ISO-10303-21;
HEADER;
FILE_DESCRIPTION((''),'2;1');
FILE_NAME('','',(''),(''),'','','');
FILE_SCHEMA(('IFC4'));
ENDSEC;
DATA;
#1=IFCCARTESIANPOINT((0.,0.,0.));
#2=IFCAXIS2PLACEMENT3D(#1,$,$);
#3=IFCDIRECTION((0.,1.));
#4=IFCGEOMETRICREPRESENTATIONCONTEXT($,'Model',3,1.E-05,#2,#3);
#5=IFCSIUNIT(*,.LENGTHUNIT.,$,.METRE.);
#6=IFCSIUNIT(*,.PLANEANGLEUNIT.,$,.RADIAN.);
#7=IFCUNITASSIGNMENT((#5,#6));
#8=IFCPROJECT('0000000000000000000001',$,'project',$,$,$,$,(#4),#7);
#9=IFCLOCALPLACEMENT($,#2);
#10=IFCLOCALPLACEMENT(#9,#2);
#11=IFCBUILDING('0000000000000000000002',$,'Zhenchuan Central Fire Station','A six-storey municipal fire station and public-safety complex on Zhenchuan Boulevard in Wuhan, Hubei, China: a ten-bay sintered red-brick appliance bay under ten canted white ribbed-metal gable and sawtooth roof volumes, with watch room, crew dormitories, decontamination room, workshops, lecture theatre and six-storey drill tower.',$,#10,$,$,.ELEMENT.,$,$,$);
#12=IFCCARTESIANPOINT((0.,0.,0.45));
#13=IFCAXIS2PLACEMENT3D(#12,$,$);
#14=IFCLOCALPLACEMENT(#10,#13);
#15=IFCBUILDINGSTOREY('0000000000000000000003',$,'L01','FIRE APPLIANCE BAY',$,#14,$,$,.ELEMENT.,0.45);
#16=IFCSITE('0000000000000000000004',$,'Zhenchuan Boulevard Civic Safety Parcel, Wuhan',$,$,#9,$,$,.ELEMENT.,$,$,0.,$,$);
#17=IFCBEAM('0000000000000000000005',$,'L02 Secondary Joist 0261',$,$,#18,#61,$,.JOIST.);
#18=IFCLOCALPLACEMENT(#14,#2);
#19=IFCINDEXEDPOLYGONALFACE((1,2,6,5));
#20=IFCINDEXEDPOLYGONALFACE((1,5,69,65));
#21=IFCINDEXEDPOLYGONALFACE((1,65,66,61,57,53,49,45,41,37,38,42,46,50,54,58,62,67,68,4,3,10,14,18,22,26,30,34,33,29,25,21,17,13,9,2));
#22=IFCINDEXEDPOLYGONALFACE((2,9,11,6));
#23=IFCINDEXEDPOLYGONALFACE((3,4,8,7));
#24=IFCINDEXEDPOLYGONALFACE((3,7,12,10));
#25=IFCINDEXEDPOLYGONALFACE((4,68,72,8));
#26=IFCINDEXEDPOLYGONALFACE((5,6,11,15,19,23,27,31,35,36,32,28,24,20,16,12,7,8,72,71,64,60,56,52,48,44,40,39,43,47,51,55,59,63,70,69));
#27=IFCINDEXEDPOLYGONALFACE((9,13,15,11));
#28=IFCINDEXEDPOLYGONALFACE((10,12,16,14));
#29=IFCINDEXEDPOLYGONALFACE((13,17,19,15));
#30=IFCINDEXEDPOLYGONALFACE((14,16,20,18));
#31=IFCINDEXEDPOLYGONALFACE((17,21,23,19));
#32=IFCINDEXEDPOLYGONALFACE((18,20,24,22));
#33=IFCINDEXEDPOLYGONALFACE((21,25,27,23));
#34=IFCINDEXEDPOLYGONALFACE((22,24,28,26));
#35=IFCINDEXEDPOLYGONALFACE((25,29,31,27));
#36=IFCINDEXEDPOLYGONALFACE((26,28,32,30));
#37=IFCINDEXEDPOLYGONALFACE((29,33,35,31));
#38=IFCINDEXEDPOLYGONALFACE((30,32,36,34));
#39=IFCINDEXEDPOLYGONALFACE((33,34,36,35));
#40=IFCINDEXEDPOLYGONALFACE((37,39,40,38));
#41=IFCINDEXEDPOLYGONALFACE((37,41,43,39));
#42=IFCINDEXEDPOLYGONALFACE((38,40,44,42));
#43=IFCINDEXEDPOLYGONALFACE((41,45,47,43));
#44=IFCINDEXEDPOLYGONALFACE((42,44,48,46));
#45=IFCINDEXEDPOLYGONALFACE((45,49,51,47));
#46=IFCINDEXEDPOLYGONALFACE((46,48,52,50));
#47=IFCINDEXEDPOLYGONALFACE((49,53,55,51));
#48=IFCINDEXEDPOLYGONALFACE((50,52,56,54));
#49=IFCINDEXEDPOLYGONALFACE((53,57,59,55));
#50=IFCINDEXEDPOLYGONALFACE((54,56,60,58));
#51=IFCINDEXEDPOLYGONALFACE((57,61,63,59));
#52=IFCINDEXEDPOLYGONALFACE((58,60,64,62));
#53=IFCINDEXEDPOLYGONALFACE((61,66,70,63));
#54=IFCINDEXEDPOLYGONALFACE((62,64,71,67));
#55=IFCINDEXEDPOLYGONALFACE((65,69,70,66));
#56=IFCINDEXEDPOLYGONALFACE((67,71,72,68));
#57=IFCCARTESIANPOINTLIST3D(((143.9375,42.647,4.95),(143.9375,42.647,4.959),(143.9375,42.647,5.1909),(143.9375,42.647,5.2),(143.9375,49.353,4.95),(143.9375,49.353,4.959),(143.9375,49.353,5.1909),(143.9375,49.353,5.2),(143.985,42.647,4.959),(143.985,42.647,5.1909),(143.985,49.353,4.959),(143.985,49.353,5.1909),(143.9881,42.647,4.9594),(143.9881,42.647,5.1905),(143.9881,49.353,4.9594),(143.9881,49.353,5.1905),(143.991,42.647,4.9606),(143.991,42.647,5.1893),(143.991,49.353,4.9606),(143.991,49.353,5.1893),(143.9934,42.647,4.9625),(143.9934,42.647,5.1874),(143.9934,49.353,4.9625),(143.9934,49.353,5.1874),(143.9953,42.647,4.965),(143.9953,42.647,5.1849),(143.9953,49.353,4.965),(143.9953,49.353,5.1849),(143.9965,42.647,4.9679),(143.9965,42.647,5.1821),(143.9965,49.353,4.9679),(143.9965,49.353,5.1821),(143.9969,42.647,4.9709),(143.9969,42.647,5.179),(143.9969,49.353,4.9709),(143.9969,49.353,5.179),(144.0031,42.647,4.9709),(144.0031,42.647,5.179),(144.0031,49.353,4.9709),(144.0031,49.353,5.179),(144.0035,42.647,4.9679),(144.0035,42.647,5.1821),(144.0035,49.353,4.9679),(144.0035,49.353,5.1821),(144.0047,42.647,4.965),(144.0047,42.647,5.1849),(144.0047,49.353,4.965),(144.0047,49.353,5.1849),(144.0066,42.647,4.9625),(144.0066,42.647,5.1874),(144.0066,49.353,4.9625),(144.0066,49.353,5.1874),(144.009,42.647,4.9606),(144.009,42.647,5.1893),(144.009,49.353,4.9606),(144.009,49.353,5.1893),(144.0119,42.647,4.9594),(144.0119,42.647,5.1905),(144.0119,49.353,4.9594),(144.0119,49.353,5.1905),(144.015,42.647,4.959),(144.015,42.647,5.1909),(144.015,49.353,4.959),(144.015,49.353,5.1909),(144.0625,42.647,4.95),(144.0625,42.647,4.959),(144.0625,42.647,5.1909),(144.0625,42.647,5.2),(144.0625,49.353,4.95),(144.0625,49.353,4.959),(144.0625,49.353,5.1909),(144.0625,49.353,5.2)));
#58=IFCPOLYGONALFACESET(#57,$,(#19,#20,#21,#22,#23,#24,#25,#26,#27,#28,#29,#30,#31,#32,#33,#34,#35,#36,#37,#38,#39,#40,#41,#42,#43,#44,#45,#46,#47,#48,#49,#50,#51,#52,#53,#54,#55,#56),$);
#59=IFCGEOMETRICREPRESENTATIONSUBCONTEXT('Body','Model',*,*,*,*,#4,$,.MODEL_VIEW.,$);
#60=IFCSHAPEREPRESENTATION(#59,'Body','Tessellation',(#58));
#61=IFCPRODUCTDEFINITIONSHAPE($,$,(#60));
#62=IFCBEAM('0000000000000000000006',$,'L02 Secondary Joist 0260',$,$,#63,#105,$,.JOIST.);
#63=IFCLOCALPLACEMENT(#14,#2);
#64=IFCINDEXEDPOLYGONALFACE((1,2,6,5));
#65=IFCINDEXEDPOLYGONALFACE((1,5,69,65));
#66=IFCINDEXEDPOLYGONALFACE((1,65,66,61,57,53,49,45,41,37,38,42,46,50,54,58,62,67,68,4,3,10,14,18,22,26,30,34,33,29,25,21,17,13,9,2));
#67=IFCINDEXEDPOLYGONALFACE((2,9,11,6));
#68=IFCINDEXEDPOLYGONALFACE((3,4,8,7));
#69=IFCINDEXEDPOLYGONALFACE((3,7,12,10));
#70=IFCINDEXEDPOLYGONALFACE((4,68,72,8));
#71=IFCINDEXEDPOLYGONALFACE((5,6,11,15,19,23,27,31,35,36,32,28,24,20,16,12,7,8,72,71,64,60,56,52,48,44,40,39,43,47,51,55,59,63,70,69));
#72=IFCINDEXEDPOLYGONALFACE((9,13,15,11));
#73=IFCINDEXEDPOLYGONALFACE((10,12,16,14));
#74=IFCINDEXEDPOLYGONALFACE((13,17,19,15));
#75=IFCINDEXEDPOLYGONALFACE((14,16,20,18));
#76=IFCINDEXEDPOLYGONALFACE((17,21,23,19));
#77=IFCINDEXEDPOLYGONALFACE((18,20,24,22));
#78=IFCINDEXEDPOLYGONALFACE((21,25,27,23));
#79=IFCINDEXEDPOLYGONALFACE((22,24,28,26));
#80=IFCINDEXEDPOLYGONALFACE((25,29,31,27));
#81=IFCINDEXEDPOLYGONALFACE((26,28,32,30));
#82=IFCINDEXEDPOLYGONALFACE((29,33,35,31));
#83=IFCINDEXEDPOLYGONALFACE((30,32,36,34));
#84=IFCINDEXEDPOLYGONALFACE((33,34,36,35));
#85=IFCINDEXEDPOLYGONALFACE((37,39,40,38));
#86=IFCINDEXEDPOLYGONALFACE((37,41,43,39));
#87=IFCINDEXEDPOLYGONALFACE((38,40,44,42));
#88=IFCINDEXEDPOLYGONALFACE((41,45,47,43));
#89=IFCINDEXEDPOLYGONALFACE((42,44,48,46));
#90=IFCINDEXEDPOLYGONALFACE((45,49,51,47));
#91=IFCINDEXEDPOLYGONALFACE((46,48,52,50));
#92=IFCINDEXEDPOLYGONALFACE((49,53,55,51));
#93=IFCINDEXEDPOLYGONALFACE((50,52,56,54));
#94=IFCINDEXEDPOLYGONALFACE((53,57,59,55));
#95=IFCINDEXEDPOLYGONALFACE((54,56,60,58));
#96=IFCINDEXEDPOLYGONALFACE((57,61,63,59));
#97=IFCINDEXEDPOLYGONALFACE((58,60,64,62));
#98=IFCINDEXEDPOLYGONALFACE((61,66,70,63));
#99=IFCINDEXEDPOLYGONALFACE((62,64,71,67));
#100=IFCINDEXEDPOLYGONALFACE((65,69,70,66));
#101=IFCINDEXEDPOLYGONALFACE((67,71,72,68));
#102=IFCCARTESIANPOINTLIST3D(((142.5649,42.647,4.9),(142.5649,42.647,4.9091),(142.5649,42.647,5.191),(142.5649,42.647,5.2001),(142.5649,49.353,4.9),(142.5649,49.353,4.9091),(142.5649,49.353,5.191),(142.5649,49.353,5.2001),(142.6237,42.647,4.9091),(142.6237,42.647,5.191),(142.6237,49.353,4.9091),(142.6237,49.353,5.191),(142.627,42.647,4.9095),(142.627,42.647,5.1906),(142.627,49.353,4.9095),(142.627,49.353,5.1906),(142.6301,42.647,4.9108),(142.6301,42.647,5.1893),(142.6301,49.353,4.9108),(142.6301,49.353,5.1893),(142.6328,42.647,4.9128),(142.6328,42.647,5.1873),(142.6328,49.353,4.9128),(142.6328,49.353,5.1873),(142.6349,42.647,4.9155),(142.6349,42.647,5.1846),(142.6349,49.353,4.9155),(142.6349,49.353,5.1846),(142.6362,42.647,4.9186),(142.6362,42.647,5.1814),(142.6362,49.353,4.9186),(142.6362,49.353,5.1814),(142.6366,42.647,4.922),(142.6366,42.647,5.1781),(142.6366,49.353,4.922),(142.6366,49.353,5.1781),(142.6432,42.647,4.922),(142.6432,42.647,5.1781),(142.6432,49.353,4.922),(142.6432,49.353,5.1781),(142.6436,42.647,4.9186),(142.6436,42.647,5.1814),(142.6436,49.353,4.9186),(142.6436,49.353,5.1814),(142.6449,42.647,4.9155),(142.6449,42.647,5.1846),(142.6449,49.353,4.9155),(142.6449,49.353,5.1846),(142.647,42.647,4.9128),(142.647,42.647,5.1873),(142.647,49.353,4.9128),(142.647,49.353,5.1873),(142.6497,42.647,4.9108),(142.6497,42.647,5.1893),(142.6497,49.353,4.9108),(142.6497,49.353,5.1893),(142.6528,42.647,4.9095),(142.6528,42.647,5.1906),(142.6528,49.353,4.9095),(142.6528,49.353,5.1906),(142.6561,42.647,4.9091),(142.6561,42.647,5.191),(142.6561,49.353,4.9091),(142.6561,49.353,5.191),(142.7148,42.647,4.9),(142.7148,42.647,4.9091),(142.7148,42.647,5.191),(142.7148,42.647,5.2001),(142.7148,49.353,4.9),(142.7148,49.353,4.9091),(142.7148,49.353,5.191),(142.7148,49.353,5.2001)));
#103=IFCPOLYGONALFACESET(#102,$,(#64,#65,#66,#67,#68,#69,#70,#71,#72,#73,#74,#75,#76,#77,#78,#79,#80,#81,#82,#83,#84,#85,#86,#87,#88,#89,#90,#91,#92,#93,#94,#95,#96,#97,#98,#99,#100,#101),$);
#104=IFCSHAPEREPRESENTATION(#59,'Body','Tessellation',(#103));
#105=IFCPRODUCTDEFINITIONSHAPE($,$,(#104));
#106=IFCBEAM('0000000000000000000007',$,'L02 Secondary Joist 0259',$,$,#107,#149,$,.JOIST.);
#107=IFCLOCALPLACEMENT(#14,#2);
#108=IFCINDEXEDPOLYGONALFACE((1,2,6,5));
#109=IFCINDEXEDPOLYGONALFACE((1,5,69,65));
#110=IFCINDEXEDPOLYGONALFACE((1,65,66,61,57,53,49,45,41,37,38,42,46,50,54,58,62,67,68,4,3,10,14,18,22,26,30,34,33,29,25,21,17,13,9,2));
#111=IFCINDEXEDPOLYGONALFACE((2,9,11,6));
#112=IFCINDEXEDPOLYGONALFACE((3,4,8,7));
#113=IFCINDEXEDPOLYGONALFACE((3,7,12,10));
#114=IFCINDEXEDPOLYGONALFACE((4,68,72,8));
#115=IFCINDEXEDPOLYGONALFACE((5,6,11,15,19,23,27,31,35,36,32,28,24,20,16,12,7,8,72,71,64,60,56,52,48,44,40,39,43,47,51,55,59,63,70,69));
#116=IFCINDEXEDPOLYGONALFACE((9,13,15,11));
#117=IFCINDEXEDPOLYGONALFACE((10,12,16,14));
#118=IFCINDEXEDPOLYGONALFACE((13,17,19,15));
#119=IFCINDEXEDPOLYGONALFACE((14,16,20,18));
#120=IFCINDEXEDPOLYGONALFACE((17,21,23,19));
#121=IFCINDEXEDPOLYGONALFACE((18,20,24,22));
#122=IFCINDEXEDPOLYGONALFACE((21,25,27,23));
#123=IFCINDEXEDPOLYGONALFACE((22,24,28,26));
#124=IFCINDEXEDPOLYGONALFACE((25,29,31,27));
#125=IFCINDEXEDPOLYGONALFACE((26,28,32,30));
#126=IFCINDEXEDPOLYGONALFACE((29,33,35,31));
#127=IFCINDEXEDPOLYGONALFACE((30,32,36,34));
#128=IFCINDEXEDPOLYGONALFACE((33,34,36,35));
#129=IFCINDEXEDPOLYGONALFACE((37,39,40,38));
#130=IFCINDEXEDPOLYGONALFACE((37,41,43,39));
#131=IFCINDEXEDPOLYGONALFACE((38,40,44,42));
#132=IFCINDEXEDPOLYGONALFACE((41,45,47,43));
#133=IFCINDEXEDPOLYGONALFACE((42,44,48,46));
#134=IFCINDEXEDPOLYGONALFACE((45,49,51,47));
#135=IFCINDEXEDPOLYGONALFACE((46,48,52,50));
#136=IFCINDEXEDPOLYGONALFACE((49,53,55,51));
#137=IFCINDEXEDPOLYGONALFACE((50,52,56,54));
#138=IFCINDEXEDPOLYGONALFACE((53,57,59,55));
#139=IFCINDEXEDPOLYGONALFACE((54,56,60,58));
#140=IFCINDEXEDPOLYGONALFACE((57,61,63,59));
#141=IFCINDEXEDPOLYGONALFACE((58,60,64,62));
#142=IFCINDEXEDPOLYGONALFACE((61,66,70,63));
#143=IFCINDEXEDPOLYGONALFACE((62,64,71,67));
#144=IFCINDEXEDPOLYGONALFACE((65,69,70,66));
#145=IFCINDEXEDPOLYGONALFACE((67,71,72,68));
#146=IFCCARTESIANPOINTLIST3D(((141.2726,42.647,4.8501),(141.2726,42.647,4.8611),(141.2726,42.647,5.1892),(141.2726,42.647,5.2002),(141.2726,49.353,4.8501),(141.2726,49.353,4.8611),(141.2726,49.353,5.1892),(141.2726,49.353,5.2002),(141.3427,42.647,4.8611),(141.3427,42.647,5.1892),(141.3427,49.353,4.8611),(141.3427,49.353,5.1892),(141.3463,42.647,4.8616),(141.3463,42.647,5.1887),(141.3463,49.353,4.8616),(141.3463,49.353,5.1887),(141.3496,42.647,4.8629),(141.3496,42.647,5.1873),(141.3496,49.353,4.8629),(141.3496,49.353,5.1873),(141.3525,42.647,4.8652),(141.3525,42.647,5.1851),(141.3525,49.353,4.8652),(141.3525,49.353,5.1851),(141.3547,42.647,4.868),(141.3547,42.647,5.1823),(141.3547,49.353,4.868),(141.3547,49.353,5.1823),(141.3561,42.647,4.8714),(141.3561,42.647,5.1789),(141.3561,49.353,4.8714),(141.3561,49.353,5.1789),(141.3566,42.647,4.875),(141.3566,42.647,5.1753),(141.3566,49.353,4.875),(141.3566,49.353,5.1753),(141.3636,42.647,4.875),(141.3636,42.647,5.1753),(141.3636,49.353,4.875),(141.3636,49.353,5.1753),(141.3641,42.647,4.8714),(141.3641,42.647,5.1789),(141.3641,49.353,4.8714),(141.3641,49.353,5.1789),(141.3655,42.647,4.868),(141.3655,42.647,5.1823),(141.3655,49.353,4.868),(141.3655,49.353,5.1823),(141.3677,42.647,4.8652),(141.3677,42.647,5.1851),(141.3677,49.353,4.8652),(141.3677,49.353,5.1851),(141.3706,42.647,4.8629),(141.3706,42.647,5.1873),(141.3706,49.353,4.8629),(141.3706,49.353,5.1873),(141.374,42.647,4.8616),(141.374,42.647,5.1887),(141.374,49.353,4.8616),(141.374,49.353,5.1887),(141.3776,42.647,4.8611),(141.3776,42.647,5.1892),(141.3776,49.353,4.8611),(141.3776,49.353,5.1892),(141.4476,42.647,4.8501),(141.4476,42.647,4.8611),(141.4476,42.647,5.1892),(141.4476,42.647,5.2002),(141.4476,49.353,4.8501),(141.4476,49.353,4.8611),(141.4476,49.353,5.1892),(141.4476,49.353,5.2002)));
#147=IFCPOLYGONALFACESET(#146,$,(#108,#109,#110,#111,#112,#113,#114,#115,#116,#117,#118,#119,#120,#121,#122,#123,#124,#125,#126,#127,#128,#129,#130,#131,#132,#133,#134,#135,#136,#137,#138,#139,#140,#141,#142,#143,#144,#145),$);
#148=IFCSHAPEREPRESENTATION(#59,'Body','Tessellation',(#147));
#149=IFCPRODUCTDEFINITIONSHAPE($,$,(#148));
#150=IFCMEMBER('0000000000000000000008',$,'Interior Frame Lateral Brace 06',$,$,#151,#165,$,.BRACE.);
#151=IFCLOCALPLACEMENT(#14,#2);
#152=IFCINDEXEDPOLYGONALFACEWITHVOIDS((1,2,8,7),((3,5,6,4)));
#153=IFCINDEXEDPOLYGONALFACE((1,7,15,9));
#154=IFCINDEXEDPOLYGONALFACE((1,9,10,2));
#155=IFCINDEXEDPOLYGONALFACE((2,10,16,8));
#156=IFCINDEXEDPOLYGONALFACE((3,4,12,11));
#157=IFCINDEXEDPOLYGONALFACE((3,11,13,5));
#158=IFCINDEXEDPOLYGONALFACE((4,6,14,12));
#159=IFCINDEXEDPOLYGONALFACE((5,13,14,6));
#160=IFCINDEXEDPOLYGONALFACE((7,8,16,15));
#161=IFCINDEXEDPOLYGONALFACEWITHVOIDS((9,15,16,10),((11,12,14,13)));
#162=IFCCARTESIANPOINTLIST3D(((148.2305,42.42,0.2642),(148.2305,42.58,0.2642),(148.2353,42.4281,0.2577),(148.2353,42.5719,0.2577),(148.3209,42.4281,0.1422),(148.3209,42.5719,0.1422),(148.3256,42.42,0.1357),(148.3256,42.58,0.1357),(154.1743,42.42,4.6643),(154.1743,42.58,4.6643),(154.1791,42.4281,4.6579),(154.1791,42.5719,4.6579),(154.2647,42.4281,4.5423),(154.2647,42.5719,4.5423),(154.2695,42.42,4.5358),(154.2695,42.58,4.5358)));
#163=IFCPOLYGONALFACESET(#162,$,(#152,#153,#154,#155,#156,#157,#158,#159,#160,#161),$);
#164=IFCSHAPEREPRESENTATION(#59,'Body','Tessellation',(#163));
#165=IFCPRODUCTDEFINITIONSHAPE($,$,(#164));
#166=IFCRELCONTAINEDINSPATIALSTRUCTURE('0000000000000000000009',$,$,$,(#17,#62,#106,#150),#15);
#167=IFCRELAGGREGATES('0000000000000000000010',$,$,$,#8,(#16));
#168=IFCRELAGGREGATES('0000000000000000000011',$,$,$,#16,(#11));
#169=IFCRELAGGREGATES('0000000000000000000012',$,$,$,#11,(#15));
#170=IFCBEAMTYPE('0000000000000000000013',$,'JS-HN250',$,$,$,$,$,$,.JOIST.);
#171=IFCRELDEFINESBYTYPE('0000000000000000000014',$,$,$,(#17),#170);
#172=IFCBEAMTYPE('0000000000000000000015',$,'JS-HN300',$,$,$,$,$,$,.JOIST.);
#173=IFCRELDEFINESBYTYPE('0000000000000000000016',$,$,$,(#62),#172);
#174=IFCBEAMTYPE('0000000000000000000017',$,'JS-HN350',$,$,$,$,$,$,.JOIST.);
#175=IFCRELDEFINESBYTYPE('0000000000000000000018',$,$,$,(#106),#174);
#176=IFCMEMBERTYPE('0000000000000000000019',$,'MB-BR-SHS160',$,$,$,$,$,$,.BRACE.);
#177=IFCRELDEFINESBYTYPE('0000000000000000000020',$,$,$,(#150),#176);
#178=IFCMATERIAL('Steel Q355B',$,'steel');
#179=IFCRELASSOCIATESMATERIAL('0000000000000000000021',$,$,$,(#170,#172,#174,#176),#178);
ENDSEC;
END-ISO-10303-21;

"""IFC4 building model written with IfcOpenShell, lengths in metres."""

from ifc_helpers import new_model, si_unit, direction, frame, origin, origin_2d, place, context, subcontext, project, spatial, hollow_rectangle, i_section, extrude, material, material_profile, profile_set, type_object, element, save


model = new_model("IFC4")

# Units and contexts
model_context = context("Model", 3, precision=1e-05, world=origin(), true_north=direction((0.0, 1.0)))
body_context = subcontext(model_context, "Body", "Model", "MODEL_VIEW")
ifc_project = project(units=[si_unit("LENGTHUNIT", "METRE"), si_unit("PLANEANGLEUNIT", "RADIAN")], contexts=[model_context])

# Site, building, storey
site_placement = place(None, origin())
site = spatial("IfcSite", under=ifc_project, at=site_placement, Name="Zhenchuan Boulevard Civic Safety Parcel, Wuhan", CompositionType="ELEMENT", RefElevation=0.0)
building_placement = place(site_placement, origin())
building = spatial("IfcBuilding", under=site, at=building_placement, Name="Zhenchuan Central Fire Station", Description="A six-storey municipal fire station and public-safety complex on Zhenchuan Boulevard in Wuhan, Hubei, China: a ten-bay sintered red-brick appliance bay under ten canted white ribbed-metal gable and sawtooth roof volumes, with watch room, crew dormitories, decontamination room, workshops, lecture theatre and six-storey drill tower.", CompositionType="ELEMENT")
storey_placement = place(building_placement, frame((0.0, 0.0, 0.45)))
storey = spatial("IfcBuildingStorey", under=building, at=storey_placement, Name="L01", Description="FIRE APPLIANCE BAY", CompositionType="ELEMENT", Elevation=0.45)

# Beams
ifc_material_1 = material(Name="Steel Q355B", Category="steel")
ifc_material_profile_1 = material_profile(ifc_material_1, i_section(OverallWidth=0.125, OverallDepth=0.25, WebThickness=0.0061, FlangeThickness=0.009, FilletRadius=0.012, at=origin_2d()), Name="HN 250x125")
ifc_profile_set_1 = profile_set([ifc_material_profile_1], Name="Steel Q355B")
beam_type_1 = type_object("IfcBeamType", Name="JS-HN250", PredefinedType="JOIST", material=ifc_profile_set_1)
beam_1_placement = place(storey_placement, frame((144.0, 42.647, 5.075), z_axis=(0.0, 1.0, 0.0), x_axis=(-1.0, 0.0, 0.0)))
element("IfcBeam", 1, at=beam_1_placement, inside=storey, type_object=beam_type_1, Name="L02 Secondary Joist 0261", PredefinedType="JOIST", context=body_context, shape_type="SweptSolid", body=[
    extrude(i_section(OverallWidth=0.125, OverallDepth=0.25, WebThickness=0.0061, FlangeThickness=0.009, FilletRadius=0.012, at=origin_2d()), origin(), (0.0, 0.0, 1.0), 6.7061),
])
ifc_material_profile_2 = material_profile(ifc_material_1, i_section(OverallWidth=0.1499, OverallDepth=0.3, WebThickness=0.0066, FlangeThickness=0.009, FilletRadius=0.0129, at=origin_2d()), Name="HN 300x150")
ifc_profile_set_2 = profile_set([ifc_material_profile_2], Name="Steel Q355B")
beam_type_2 = type_object("IfcBeamType", Name="JS-HN300", PredefinedType="JOIST", material=ifc_profile_set_2)
beam_2_placement = place(storey_placement, frame((142.6399, 42.647, 5.05), z_axis=(0.0, 1.0, 0.0), x_axis=(-1.0, 0.0, 0.0)))
element("IfcBeam", 2, at=beam_2_placement, inside=storey, type_object=beam_type_2, Name="L02 Secondary Joist 0260", PredefinedType="JOIST", context=body_context, shape_type="SweptSolid", body=[
    extrude(i_section(OverallWidth=0.1499, OverallDepth=0.3, WebThickness=0.0066, FlangeThickness=0.009, FilletRadius=0.0129, at=origin_2d()), origin(), (0.0, 0.0, 1.0), 6.7061),
])
ifc_material_profile_3 = material_profile(ifc_material_1, i_section(OverallWidth=0.175, OverallDepth=0.3501, WebThickness=0.0071, FlangeThickness=0.011, FilletRadius=0.0139, at=origin_2d()), Name="HN 350x175")
ifc_profile_set_3 = profile_set([ifc_material_profile_3], Name="Steel Q355B")
beam_type_3 = type_object("IfcBeamType", Name="JS-HN350", PredefinedType="JOIST", material=ifc_profile_set_3)
beam_3_placement = place(storey_placement, frame((141.3601, 42.647, 5.0251), z_axis=(0.0, 1.0, 0.0), x_axis=(-1.0, 0.0, 0.0)))
element("IfcBeam", 3, at=beam_3_placement, inside=storey, type_object=beam_type_3, Name="L02 Secondary Joist 0259", PredefinedType="JOIST", context=body_context, shape_type="SweptSolid", body=[
    extrude(i_section(OverallWidth=0.175, OverallDepth=0.3501, WebThickness=0.0071, FlangeThickness=0.011, FilletRadius=0.0139, at=origin_2d()), origin(), (0.0, 0.0, 1.0), 6.7061),
])

# Member
ifc_material_profile_4 = material_profile(ifc_material_1, hollow_rectangle(XDim=0.1599, YDim=0.1599, WallThickness=0.0081, at=origin_2d()), Name="SHS 160x160x8")
ifc_profile_set_4 = profile_set([ifc_material_profile_4], Name="Steel Q355B")
member_type = type_object("IfcMemberType", Name="MB-BR-SHS160", PredefinedType="BRACE", material=ifc_profile_set_4)
member_placement = place(storey_placement, frame((148.2781, 42.5, 0.2), z_axis=(0.803732, 0.0, 0.594991), x_axis=(0.0, 1.0, 0.0)))
element("IfcMember", 4, at=member_placement, inside=storey, type_object=member_type, Name="Interior Frame Lateral Brace 06", PredefinedType="BRACE", context=body_context, shape_type="SweptSolid", body=[
    extrude(hollow_rectangle(XDim=0.1599, YDim=0.1599, WallThickness=0.0081, at=origin_2d()), origin(), (0.0, 0.0, 1.0), 7.3953),
])

save(model, "model.ifc")
